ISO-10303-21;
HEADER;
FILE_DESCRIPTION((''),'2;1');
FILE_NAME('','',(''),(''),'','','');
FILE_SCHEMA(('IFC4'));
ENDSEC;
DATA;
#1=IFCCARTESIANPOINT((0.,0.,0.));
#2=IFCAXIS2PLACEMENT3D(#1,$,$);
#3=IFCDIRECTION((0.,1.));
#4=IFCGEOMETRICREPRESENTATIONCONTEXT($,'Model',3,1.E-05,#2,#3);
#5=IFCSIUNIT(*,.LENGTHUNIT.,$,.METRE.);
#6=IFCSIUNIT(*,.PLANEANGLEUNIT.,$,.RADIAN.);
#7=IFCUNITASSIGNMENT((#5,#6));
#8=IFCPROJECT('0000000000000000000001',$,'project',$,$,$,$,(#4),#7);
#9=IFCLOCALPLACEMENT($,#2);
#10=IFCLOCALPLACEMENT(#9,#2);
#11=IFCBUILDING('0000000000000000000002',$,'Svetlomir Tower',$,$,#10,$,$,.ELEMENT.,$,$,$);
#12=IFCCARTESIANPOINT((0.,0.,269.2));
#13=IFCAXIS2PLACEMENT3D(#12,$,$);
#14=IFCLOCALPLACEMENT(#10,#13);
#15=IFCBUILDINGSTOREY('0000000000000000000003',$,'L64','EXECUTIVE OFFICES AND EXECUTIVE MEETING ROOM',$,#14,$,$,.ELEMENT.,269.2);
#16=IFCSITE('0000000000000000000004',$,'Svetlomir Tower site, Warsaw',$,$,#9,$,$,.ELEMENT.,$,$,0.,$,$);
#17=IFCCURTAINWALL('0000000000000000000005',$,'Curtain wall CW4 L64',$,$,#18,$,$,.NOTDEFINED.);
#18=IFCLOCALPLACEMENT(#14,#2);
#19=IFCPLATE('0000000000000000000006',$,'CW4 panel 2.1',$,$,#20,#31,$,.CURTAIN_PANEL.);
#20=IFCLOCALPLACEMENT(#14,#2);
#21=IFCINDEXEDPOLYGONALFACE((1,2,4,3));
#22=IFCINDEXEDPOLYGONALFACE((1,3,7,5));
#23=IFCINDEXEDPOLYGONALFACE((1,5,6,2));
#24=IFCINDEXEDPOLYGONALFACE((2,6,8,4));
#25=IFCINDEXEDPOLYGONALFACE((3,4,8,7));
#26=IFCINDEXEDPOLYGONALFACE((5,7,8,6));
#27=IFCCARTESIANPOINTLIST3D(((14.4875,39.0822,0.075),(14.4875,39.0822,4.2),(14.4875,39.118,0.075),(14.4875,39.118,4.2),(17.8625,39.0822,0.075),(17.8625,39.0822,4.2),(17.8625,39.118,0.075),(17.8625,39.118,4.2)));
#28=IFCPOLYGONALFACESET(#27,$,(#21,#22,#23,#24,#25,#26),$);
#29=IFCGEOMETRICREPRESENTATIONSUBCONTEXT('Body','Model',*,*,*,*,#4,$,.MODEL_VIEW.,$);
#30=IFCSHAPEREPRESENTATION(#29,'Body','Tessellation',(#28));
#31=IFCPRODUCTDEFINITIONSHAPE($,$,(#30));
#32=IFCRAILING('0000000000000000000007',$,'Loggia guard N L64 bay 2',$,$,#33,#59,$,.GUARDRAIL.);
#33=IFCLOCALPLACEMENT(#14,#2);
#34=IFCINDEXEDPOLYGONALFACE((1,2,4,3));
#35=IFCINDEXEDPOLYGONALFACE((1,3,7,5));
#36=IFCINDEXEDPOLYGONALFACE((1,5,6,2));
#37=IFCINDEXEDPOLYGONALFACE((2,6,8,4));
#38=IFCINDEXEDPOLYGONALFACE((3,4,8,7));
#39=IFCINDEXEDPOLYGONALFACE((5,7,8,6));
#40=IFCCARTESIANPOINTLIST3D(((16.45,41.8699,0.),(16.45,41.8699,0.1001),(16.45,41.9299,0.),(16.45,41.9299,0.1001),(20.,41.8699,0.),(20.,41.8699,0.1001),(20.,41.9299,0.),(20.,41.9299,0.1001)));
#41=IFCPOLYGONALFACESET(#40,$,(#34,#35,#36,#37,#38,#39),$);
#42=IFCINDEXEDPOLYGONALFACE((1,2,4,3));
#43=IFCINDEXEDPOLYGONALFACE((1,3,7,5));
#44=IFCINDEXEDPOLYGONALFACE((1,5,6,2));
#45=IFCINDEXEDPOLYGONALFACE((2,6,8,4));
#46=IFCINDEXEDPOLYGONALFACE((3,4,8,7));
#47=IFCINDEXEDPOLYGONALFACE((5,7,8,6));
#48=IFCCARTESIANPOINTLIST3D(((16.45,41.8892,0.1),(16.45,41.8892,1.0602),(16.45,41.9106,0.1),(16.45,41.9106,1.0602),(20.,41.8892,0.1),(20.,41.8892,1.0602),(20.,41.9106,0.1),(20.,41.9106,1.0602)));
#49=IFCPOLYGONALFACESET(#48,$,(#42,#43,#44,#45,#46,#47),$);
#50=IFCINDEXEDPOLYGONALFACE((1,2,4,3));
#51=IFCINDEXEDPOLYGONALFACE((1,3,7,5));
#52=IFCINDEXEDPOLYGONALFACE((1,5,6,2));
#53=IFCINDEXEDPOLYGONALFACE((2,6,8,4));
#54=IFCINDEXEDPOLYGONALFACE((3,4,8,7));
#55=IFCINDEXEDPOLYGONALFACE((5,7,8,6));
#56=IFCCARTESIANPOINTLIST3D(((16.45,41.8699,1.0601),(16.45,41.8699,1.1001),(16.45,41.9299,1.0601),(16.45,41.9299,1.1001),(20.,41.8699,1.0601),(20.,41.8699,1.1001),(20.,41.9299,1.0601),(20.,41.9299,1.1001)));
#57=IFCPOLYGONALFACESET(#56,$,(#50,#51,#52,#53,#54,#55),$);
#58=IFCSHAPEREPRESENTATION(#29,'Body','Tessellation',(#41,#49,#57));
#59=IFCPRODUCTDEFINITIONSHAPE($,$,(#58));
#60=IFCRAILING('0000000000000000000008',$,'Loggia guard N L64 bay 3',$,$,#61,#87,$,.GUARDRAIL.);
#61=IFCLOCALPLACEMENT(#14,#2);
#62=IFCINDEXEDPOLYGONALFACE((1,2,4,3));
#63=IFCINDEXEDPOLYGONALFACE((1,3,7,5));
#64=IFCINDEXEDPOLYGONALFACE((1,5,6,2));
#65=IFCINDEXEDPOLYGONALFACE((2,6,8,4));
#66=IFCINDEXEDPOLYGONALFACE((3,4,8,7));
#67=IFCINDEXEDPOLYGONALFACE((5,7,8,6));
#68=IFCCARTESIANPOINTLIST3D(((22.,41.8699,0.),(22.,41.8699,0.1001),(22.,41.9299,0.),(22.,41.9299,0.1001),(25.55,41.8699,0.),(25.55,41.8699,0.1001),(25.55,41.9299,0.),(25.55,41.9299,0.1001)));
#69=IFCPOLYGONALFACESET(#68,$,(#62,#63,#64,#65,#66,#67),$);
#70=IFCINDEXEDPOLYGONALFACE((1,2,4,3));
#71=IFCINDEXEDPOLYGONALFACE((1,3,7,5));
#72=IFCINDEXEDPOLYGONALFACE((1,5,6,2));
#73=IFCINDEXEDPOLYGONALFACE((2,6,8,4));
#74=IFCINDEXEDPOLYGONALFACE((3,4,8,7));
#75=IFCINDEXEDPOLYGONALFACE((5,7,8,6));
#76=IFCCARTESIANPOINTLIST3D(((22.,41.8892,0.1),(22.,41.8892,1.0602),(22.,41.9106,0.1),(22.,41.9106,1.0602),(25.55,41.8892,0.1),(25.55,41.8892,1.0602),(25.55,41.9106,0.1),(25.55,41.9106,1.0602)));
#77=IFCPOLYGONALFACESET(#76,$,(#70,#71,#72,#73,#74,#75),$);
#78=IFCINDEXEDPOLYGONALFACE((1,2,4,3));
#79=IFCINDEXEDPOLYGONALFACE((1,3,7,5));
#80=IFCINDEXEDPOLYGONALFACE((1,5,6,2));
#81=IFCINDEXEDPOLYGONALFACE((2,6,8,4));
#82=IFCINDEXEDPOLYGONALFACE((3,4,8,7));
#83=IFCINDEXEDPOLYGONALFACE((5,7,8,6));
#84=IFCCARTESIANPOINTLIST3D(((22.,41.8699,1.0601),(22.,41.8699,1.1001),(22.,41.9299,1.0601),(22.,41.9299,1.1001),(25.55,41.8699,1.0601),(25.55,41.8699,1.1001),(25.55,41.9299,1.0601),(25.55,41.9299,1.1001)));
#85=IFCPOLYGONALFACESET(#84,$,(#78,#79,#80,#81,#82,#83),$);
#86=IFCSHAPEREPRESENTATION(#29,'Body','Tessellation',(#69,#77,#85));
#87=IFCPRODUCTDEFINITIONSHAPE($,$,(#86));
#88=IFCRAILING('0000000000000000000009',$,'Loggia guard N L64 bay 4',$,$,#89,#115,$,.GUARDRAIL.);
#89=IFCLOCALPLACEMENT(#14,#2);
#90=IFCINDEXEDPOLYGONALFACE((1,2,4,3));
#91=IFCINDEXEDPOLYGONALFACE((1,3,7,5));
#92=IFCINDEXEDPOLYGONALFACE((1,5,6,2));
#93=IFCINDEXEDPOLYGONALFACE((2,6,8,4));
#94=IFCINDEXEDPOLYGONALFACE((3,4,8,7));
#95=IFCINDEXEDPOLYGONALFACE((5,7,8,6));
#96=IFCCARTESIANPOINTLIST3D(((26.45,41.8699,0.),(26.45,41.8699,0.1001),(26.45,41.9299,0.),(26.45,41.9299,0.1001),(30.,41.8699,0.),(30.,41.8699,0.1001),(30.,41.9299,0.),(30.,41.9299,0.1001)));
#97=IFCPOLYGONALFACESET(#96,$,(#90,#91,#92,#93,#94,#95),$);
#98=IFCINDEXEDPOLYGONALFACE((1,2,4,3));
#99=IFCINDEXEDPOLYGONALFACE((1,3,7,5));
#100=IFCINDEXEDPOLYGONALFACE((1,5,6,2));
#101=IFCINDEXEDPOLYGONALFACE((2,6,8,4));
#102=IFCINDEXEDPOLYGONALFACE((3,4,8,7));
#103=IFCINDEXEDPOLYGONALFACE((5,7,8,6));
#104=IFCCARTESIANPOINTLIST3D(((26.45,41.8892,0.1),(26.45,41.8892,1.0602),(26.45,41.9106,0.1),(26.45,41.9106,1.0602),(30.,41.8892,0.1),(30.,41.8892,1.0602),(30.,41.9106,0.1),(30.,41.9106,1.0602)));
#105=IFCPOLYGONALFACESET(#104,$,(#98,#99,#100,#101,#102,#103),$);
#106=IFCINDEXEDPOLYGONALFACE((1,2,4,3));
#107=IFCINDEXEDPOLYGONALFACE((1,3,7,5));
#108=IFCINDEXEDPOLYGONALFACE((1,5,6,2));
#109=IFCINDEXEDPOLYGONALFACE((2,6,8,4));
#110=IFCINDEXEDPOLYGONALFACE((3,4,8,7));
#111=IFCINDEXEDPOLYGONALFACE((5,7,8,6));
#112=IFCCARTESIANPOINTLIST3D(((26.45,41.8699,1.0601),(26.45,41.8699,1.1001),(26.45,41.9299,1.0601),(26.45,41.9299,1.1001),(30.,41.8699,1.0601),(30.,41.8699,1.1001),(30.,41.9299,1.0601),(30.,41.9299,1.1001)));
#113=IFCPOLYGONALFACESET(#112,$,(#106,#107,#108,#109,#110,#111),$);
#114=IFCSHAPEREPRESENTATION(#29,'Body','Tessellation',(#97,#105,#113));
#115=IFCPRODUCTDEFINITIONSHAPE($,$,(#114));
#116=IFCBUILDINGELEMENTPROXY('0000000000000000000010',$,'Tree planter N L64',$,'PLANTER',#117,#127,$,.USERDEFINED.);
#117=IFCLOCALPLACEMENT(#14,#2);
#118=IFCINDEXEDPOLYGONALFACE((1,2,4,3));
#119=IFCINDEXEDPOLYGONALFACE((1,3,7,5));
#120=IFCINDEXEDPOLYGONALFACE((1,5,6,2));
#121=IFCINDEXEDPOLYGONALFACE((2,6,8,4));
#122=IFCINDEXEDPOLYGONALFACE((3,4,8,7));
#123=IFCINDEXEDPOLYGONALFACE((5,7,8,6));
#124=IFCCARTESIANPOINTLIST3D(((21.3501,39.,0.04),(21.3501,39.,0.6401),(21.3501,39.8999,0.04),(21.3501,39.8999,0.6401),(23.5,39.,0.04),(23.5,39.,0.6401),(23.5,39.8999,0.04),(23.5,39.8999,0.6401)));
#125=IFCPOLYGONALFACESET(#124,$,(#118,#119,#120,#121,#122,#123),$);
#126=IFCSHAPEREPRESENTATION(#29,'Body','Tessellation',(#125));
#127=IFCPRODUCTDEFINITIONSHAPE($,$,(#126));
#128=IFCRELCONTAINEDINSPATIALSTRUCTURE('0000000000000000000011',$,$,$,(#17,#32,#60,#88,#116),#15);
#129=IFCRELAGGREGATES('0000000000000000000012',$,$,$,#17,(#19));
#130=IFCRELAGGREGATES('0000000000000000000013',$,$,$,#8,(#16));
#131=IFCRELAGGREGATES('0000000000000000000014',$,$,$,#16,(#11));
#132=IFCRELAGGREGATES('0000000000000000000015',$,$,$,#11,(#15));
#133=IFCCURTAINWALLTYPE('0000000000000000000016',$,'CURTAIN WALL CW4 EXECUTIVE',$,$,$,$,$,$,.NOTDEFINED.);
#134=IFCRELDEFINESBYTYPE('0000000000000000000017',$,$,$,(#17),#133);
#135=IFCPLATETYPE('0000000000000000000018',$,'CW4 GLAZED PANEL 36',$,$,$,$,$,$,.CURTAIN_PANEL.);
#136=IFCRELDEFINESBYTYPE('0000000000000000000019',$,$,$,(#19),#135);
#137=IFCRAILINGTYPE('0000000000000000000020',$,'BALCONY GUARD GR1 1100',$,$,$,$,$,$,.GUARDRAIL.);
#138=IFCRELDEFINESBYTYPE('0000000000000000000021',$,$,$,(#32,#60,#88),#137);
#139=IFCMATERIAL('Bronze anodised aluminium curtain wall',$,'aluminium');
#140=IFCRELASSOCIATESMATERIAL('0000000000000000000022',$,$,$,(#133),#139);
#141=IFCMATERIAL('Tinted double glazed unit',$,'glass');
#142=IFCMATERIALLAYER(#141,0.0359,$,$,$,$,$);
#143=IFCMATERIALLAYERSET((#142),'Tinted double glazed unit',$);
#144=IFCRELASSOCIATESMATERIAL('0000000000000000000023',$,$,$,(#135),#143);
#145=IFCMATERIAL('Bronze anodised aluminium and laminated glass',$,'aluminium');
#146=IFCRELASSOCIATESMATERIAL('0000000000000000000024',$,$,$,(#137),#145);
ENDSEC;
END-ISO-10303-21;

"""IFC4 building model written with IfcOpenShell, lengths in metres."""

from ifc_helpers import new_model, si_unit, direction, frame, origin, origin_2d, place, context, subcontext, project, spatial, rectangle, extrude, material, layer, layer_set, type_object, element, aggregate, save


model = new_model("IFC4")

# Units and contexts
model_context = context("Model", 3, precision=1e-05, world=origin(), true_north=direction((0.0, 1.0)))
body_context = subcontext(model_context, "Body", "Model", "MODEL_VIEW")
ifc_project = project(units=[si_unit("LENGTHUNIT", "METRE"), si_unit("PLANEANGLEUNIT", "RADIAN")], contexts=[model_context])

# Site, building, storey
site_placement = place(None, origin())
site = spatial("IfcSite", under=ifc_project, at=site_placement, Name="Svetlomir Tower site, Warsaw", CompositionType="ELEMENT", RefElevation=0.0)
building_placement = place(site_placement, origin())
building = spatial("IfcBuilding", under=site, at=building_placement, Name="Svetlomir Tower", CompositionType="ELEMENT")
storey_placement = place(building_placement, frame((0.0, 0.0, 269.2)))
storey = spatial("IfcBuildingStorey", under=building, at=storey_placement, Name="L64", Description="EXECUTIVE OFFICES AND EXECUTIVE MEETING ROOM", CompositionType="ELEMENT", Elevation=269.2)

# Curtain wall
ifc_material_1 = material(Name="Bronze anodised aluminium curtain wall", Category="aluminium")
curtain_wall_type = type_object("IfcCurtainWallType", Name="CURTAIN WALL CW4 EXECUTIVE", PredefinedType="NOTDEFINED", material=ifc_material_1)
curtain_wall_1_placement = place(storey_placement, origin())
curtain_wall_1 = element("IfcCurtainWall", 1, at=curtain_wall_1_placement, inside=storey, type_object=curtain_wall_type, Name="Curtain wall CW4 L64", PredefinedType="NOTDEFINED")

# Plate
ifc_material_2 = material(Name="Tinted double glazed unit", Category="glass")
ifc_layer_1 = layer(ifc_material_2, 0.0359)
ifc_layer_set_1 = layer_set([ifc_layer_1], Name="Tinted double glazed unit")
plate_type = type_object("IfcPlateType", Name="CW4 GLAZED PANEL 36", PredefinedType="CURTAIN_PANEL", material=ifc_layer_set_1)
plate_1_placement = place(storey_placement, frame((16.175, 39.1001, 0.075), z_axis=(0.0, 0.0, 1.0), x_axis=(-1.0, 0.0, 0.0)))
plate_1 = element("IfcPlate", 2, at=plate_1_placement, type_object=plate_type, Name="CW4 panel 2.1", PredefinedType="CURTAIN_PANEL", context=body_context, shape_type="SweptSolid", body=[
    extrude(rectangle(XDim=3.375, YDim=0.0359, at=origin_2d()), origin(), (0.0, 0.0, 1.0), 4.125),
])
aggregate(curtain_wall_1, [plate_1])

# Railings
ifc_material_3 = material(Name="Bronze anodised aluminium and laminated glass", Category="aluminium")
railing_type = type_object("IfcRailingType", Name="BALCONY GUARD GR1 1100", PredefinedType="GUARDRAIL", material=ifc_material_3)
for number, where, name in (
    (3, (16.45, 41.8999, 0.0), "Loggia guard N L64 bay 2"),
    (4, (22.0, 41.8999, 0.0), "Loggia guard N L64 bay 3"),
    (5, (26.45, 41.8999, 0.0), "Loggia guard N L64 bay 4"),
):
    element("IfcRailing", number, at=place(storey_placement, frame(where)), inside=storey, type_object=railing_type, Name=name, PredefinedType="GUARDRAIL", context=body_context, shape_type="SweptSolid", body=[
        extrude(rectangle(XDim=0.0601, YDim=0.1001, at=origin_2d()), frame((0.0, 0.0, 0.05), z_axis=(1.0, 0.0, 0.0), x_axis=(0.0, 1.0, 0.0)), (0.0, 0.0, 1.0), 3.55),
        extrude(rectangle(XDim=0.0215, YDim=0.9602, at=origin_2d()), frame((0.0, 0.0, 0.5801), z_axis=(1.0, 0.0, 0.0), x_axis=(0.0, 1.0, 0.0)), (0.0, 0.0, 1.0), 3.55),
        extrude(rectangle(XDim=0.0601, YDim=0.04, at=origin_2d()), frame((0.0, 0.0, 1.0801), z_axis=(1.0, 0.0, 0.0), x_axis=(0.0, 1.0, 0.0)), (0.0, 0.0, 1.0), 3.55),
    ])

# Building element proxy
proxy_placement = place(storey_placement, frame((22.425, 39.45, 0.04), z_axis=(0.0, 0.0, 1.0), x_axis=(1.0, 0.0, 0.0)))
element("IfcBuildingElementProxy", 6, at=proxy_placement, inside=storey, Name="Tree planter N L64", ObjectType="PLANTER", PredefinedType="USERDEFINED", context=body_context, shape_type="SweptSolid", body=[
    extrude(rectangle(XDim=2.1499, YDim=0.8999, at=origin_2d()), origin(), (0.0, 0.0, 1.0), 0.6001),
])

save(model, "model.ifc")
